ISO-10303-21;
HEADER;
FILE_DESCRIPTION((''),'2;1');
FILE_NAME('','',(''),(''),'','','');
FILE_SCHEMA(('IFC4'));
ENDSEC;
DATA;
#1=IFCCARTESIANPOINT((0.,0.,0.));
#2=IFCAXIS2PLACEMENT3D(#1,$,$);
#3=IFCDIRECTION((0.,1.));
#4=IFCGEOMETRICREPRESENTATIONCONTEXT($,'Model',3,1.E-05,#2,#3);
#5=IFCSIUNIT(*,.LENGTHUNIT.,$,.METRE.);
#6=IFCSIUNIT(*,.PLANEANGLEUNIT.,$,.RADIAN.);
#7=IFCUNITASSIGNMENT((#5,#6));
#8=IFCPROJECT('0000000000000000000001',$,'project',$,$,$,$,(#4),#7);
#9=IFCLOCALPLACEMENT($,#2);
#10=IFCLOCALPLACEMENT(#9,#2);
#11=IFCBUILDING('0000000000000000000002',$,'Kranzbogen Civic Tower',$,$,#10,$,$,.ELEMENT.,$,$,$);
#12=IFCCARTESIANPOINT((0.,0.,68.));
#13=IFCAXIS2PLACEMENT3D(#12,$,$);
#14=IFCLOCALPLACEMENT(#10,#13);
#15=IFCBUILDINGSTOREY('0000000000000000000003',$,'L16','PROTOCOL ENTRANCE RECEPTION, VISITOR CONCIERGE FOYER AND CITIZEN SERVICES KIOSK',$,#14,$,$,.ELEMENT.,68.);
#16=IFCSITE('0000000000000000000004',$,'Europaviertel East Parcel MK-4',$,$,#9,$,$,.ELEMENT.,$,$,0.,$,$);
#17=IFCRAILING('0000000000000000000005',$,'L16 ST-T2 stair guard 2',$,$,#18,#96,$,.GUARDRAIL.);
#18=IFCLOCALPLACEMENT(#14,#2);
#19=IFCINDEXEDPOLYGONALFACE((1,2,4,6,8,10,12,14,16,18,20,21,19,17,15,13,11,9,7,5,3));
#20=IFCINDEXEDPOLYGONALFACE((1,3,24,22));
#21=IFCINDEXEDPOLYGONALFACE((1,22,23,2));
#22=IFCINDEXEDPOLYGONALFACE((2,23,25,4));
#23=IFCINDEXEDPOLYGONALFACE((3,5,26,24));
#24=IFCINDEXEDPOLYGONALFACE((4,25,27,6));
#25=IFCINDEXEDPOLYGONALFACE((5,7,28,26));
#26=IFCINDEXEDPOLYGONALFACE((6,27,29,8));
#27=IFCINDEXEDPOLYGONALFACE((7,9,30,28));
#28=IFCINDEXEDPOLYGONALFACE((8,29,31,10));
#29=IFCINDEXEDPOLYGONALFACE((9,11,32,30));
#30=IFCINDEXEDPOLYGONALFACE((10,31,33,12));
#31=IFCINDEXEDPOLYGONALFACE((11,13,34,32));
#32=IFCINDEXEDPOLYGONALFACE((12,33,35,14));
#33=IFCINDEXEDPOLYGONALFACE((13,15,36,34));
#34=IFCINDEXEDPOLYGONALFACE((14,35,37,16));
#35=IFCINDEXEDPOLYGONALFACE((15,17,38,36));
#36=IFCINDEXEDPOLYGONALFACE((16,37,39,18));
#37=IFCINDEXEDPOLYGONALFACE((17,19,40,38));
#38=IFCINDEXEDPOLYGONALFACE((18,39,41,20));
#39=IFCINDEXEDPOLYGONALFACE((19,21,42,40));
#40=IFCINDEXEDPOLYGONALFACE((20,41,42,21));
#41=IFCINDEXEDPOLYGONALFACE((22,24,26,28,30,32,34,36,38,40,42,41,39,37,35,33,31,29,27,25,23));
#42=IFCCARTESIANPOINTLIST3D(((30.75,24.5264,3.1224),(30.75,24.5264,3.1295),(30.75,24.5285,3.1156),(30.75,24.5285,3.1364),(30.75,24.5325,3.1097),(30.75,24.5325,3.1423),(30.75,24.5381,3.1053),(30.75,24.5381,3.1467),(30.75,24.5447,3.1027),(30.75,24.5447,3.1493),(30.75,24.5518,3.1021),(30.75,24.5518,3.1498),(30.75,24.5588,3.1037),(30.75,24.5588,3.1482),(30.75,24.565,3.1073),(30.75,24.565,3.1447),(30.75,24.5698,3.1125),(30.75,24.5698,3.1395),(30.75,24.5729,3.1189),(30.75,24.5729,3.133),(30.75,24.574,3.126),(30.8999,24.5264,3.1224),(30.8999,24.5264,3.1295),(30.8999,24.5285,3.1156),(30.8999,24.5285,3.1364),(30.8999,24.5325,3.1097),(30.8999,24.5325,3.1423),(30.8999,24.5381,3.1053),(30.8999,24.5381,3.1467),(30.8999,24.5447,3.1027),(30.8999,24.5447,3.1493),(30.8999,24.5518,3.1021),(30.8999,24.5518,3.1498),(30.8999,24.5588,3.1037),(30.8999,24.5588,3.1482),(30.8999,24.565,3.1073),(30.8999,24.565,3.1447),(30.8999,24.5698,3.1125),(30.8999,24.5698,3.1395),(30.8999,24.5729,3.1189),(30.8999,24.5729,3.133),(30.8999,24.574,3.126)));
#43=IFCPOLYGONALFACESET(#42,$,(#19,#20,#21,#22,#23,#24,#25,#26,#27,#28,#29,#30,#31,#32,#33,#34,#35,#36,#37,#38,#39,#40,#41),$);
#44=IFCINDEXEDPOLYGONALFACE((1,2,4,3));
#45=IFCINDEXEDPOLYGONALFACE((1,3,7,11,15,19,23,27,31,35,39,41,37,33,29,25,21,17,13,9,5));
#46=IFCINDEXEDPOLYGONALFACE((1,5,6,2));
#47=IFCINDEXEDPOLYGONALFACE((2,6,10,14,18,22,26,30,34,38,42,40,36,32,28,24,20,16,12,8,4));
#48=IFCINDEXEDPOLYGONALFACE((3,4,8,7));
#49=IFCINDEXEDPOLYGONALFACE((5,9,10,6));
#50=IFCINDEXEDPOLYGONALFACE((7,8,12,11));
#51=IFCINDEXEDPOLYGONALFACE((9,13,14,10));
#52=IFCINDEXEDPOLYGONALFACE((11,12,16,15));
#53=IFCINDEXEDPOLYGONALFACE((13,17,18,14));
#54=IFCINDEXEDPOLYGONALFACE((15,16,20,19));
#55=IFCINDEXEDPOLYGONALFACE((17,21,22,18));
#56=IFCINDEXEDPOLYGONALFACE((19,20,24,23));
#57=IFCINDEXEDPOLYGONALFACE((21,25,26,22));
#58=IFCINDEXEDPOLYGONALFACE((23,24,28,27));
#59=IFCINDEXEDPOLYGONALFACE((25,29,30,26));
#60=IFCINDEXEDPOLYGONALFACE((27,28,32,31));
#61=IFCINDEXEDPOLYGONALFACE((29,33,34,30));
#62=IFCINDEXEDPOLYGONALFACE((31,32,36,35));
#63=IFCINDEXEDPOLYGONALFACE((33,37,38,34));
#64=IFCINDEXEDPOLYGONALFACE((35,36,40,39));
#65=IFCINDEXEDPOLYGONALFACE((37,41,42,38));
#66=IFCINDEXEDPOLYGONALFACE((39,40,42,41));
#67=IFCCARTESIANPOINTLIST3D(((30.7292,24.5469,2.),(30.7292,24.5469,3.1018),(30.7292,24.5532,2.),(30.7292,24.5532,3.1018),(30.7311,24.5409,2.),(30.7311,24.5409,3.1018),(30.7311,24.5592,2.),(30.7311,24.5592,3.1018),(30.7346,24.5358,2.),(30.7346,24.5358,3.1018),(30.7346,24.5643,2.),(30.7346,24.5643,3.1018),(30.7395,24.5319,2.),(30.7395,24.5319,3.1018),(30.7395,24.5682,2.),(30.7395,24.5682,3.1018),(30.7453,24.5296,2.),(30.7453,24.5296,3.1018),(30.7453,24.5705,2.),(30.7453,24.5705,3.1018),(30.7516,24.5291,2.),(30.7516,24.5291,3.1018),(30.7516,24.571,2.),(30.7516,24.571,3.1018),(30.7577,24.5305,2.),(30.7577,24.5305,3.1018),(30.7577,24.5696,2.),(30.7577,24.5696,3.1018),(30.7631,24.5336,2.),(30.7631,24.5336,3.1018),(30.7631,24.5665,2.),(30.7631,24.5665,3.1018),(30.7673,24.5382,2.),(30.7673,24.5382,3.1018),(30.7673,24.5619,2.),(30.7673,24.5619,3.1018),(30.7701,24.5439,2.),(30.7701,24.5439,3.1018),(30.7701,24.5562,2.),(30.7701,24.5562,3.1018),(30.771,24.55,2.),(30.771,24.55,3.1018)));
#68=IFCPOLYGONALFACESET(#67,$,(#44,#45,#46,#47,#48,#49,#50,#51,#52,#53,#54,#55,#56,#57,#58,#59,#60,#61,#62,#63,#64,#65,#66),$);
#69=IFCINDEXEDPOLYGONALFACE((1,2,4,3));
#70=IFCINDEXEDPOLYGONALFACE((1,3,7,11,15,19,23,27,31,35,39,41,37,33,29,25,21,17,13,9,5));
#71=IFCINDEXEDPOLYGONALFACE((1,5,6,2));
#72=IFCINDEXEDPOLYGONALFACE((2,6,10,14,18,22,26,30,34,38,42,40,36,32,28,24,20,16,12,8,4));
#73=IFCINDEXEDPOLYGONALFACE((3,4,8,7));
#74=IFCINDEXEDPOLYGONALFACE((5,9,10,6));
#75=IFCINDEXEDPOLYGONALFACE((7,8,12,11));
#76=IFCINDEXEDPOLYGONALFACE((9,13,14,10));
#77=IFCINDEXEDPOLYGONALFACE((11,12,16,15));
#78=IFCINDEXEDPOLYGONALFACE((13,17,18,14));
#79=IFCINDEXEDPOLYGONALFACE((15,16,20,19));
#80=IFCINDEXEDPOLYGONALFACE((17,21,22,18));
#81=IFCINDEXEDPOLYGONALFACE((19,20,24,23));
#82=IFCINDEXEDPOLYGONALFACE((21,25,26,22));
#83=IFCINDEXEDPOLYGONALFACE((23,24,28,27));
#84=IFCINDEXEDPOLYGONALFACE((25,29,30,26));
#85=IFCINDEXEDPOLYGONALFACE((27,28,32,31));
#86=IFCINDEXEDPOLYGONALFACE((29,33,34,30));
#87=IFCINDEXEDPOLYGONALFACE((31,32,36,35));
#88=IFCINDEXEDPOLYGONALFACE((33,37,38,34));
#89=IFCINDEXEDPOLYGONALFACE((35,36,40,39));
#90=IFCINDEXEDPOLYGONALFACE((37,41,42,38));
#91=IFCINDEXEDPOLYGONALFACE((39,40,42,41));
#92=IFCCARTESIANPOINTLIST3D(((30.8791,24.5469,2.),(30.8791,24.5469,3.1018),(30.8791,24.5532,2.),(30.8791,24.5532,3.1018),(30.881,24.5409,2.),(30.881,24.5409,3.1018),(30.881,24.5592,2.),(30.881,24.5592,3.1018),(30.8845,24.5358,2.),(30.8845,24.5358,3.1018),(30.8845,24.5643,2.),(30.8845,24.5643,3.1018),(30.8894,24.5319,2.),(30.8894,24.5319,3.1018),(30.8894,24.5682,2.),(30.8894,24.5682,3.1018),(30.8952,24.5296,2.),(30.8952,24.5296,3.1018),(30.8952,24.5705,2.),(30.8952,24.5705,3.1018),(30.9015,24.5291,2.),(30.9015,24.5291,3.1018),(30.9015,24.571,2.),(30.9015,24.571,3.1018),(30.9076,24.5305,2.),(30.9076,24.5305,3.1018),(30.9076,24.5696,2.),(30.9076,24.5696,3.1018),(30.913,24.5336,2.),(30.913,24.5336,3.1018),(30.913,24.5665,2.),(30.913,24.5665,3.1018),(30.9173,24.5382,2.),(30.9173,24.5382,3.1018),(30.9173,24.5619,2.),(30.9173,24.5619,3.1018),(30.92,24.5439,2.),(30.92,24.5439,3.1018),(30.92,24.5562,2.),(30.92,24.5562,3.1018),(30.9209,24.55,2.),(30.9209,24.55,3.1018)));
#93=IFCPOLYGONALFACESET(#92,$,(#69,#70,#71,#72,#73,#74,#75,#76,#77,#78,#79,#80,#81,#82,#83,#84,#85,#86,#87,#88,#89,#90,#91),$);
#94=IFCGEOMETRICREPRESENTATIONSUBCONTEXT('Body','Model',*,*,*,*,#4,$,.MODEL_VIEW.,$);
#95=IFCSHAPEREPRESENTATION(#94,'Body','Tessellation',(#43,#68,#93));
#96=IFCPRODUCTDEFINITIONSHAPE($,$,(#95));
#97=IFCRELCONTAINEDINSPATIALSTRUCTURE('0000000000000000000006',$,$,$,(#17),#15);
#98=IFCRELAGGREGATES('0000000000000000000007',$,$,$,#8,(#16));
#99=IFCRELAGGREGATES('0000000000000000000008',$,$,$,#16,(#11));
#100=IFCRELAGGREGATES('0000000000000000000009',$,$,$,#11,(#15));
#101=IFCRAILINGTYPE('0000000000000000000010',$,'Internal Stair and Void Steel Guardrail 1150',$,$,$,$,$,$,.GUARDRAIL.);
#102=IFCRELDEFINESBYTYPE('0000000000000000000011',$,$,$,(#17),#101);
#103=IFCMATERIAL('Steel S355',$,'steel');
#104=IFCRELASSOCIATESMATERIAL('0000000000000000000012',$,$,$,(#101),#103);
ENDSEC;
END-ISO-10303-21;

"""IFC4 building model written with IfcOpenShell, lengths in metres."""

from ifc_helpers import new_model, si_unit, direction, frame, origin, origin_2d, place, context, subcontext, project, spatial, circle, extrude, material, type_object, element, save


model = new_model("IFC4")

# Units and contexts
model_context = context("Model", 3, precision=1e-05, world=origin(), true_north=direction((0.0, 1.0)))
body_context = subcontext(model_context, "Body", "Model", "MODEL_VIEW")
ifc_project = project(units=[si_unit("LENGTHUNIT", "METRE"), si_unit("PLANEANGLEUNIT", "RADIAN")], contexts=[model_context])

# Site, building, storey
site_placement = place(None, origin())
site = spatial("IfcSite", under=ifc_project, at=site_placement, Name="Europaviertel East Parcel MK-4", CompositionType="ELEMENT", RefElevation=0.0)
building_placement = place(site_placement, origin())
building = spatial("IfcBuilding", under=site, at=building_placement, Name="Kranzbogen Civic Tower", CompositionType="ELEMENT")
storey_placement = place(building_placement, frame((0.0, 0.0, 68.0)))
storey = spatial("IfcBuildingStorey", under=building, at=storey_placement, Name="L16", Description="PROTOCOL ENTRANCE RECEPTION, VISITOR CONCIERGE FOYER AND CITIZEN SERVICES KIOSK", CompositionType="ELEMENT", Elevation=68.0)

# Shared definitions
ifc_material_1 = material(Name="Steel S355", Category="steel")

# Railing
railing_type_1 = type_object("IfcRailingType", Name="Internal Stair and Void Steel Guardrail 1150", PredefinedType="GUARDRAIL", material=ifc_material_1)
railing_1_placement = place(storey_placement, frame((30.75, 24.55, 2.0)))
element("IfcRailing", 1, at=railing_1_placement, inside=storey, type_object=railing_type_1, Name="L16 ST-T2 stair guard 2", PredefinedType="GUARDRAIL", context=body_context, shape_type="SweptSolid", body=[
    extrude(circle(Radius=0.0239, at=origin_2d()), frame((0.0, 0.0, 1.126), z_axis=(1.0, 0.0, 0.0), x_axis=(0.0, 1.0, 0.0)), (0.0, 0.0, 1.0), 0.1499),
    extrude(circle(Radius=0.021, at=origin_2d()), origin(), (0.0, 0.0, 1.0), 1.1018),
    extrude(circle(Radius=0.021, at=origin_2d()), frame((0.1499, 0.0, 0.0)), (0.0, 0.0, 1.0), 1.1018),
])

save(model, "model.ifc")
